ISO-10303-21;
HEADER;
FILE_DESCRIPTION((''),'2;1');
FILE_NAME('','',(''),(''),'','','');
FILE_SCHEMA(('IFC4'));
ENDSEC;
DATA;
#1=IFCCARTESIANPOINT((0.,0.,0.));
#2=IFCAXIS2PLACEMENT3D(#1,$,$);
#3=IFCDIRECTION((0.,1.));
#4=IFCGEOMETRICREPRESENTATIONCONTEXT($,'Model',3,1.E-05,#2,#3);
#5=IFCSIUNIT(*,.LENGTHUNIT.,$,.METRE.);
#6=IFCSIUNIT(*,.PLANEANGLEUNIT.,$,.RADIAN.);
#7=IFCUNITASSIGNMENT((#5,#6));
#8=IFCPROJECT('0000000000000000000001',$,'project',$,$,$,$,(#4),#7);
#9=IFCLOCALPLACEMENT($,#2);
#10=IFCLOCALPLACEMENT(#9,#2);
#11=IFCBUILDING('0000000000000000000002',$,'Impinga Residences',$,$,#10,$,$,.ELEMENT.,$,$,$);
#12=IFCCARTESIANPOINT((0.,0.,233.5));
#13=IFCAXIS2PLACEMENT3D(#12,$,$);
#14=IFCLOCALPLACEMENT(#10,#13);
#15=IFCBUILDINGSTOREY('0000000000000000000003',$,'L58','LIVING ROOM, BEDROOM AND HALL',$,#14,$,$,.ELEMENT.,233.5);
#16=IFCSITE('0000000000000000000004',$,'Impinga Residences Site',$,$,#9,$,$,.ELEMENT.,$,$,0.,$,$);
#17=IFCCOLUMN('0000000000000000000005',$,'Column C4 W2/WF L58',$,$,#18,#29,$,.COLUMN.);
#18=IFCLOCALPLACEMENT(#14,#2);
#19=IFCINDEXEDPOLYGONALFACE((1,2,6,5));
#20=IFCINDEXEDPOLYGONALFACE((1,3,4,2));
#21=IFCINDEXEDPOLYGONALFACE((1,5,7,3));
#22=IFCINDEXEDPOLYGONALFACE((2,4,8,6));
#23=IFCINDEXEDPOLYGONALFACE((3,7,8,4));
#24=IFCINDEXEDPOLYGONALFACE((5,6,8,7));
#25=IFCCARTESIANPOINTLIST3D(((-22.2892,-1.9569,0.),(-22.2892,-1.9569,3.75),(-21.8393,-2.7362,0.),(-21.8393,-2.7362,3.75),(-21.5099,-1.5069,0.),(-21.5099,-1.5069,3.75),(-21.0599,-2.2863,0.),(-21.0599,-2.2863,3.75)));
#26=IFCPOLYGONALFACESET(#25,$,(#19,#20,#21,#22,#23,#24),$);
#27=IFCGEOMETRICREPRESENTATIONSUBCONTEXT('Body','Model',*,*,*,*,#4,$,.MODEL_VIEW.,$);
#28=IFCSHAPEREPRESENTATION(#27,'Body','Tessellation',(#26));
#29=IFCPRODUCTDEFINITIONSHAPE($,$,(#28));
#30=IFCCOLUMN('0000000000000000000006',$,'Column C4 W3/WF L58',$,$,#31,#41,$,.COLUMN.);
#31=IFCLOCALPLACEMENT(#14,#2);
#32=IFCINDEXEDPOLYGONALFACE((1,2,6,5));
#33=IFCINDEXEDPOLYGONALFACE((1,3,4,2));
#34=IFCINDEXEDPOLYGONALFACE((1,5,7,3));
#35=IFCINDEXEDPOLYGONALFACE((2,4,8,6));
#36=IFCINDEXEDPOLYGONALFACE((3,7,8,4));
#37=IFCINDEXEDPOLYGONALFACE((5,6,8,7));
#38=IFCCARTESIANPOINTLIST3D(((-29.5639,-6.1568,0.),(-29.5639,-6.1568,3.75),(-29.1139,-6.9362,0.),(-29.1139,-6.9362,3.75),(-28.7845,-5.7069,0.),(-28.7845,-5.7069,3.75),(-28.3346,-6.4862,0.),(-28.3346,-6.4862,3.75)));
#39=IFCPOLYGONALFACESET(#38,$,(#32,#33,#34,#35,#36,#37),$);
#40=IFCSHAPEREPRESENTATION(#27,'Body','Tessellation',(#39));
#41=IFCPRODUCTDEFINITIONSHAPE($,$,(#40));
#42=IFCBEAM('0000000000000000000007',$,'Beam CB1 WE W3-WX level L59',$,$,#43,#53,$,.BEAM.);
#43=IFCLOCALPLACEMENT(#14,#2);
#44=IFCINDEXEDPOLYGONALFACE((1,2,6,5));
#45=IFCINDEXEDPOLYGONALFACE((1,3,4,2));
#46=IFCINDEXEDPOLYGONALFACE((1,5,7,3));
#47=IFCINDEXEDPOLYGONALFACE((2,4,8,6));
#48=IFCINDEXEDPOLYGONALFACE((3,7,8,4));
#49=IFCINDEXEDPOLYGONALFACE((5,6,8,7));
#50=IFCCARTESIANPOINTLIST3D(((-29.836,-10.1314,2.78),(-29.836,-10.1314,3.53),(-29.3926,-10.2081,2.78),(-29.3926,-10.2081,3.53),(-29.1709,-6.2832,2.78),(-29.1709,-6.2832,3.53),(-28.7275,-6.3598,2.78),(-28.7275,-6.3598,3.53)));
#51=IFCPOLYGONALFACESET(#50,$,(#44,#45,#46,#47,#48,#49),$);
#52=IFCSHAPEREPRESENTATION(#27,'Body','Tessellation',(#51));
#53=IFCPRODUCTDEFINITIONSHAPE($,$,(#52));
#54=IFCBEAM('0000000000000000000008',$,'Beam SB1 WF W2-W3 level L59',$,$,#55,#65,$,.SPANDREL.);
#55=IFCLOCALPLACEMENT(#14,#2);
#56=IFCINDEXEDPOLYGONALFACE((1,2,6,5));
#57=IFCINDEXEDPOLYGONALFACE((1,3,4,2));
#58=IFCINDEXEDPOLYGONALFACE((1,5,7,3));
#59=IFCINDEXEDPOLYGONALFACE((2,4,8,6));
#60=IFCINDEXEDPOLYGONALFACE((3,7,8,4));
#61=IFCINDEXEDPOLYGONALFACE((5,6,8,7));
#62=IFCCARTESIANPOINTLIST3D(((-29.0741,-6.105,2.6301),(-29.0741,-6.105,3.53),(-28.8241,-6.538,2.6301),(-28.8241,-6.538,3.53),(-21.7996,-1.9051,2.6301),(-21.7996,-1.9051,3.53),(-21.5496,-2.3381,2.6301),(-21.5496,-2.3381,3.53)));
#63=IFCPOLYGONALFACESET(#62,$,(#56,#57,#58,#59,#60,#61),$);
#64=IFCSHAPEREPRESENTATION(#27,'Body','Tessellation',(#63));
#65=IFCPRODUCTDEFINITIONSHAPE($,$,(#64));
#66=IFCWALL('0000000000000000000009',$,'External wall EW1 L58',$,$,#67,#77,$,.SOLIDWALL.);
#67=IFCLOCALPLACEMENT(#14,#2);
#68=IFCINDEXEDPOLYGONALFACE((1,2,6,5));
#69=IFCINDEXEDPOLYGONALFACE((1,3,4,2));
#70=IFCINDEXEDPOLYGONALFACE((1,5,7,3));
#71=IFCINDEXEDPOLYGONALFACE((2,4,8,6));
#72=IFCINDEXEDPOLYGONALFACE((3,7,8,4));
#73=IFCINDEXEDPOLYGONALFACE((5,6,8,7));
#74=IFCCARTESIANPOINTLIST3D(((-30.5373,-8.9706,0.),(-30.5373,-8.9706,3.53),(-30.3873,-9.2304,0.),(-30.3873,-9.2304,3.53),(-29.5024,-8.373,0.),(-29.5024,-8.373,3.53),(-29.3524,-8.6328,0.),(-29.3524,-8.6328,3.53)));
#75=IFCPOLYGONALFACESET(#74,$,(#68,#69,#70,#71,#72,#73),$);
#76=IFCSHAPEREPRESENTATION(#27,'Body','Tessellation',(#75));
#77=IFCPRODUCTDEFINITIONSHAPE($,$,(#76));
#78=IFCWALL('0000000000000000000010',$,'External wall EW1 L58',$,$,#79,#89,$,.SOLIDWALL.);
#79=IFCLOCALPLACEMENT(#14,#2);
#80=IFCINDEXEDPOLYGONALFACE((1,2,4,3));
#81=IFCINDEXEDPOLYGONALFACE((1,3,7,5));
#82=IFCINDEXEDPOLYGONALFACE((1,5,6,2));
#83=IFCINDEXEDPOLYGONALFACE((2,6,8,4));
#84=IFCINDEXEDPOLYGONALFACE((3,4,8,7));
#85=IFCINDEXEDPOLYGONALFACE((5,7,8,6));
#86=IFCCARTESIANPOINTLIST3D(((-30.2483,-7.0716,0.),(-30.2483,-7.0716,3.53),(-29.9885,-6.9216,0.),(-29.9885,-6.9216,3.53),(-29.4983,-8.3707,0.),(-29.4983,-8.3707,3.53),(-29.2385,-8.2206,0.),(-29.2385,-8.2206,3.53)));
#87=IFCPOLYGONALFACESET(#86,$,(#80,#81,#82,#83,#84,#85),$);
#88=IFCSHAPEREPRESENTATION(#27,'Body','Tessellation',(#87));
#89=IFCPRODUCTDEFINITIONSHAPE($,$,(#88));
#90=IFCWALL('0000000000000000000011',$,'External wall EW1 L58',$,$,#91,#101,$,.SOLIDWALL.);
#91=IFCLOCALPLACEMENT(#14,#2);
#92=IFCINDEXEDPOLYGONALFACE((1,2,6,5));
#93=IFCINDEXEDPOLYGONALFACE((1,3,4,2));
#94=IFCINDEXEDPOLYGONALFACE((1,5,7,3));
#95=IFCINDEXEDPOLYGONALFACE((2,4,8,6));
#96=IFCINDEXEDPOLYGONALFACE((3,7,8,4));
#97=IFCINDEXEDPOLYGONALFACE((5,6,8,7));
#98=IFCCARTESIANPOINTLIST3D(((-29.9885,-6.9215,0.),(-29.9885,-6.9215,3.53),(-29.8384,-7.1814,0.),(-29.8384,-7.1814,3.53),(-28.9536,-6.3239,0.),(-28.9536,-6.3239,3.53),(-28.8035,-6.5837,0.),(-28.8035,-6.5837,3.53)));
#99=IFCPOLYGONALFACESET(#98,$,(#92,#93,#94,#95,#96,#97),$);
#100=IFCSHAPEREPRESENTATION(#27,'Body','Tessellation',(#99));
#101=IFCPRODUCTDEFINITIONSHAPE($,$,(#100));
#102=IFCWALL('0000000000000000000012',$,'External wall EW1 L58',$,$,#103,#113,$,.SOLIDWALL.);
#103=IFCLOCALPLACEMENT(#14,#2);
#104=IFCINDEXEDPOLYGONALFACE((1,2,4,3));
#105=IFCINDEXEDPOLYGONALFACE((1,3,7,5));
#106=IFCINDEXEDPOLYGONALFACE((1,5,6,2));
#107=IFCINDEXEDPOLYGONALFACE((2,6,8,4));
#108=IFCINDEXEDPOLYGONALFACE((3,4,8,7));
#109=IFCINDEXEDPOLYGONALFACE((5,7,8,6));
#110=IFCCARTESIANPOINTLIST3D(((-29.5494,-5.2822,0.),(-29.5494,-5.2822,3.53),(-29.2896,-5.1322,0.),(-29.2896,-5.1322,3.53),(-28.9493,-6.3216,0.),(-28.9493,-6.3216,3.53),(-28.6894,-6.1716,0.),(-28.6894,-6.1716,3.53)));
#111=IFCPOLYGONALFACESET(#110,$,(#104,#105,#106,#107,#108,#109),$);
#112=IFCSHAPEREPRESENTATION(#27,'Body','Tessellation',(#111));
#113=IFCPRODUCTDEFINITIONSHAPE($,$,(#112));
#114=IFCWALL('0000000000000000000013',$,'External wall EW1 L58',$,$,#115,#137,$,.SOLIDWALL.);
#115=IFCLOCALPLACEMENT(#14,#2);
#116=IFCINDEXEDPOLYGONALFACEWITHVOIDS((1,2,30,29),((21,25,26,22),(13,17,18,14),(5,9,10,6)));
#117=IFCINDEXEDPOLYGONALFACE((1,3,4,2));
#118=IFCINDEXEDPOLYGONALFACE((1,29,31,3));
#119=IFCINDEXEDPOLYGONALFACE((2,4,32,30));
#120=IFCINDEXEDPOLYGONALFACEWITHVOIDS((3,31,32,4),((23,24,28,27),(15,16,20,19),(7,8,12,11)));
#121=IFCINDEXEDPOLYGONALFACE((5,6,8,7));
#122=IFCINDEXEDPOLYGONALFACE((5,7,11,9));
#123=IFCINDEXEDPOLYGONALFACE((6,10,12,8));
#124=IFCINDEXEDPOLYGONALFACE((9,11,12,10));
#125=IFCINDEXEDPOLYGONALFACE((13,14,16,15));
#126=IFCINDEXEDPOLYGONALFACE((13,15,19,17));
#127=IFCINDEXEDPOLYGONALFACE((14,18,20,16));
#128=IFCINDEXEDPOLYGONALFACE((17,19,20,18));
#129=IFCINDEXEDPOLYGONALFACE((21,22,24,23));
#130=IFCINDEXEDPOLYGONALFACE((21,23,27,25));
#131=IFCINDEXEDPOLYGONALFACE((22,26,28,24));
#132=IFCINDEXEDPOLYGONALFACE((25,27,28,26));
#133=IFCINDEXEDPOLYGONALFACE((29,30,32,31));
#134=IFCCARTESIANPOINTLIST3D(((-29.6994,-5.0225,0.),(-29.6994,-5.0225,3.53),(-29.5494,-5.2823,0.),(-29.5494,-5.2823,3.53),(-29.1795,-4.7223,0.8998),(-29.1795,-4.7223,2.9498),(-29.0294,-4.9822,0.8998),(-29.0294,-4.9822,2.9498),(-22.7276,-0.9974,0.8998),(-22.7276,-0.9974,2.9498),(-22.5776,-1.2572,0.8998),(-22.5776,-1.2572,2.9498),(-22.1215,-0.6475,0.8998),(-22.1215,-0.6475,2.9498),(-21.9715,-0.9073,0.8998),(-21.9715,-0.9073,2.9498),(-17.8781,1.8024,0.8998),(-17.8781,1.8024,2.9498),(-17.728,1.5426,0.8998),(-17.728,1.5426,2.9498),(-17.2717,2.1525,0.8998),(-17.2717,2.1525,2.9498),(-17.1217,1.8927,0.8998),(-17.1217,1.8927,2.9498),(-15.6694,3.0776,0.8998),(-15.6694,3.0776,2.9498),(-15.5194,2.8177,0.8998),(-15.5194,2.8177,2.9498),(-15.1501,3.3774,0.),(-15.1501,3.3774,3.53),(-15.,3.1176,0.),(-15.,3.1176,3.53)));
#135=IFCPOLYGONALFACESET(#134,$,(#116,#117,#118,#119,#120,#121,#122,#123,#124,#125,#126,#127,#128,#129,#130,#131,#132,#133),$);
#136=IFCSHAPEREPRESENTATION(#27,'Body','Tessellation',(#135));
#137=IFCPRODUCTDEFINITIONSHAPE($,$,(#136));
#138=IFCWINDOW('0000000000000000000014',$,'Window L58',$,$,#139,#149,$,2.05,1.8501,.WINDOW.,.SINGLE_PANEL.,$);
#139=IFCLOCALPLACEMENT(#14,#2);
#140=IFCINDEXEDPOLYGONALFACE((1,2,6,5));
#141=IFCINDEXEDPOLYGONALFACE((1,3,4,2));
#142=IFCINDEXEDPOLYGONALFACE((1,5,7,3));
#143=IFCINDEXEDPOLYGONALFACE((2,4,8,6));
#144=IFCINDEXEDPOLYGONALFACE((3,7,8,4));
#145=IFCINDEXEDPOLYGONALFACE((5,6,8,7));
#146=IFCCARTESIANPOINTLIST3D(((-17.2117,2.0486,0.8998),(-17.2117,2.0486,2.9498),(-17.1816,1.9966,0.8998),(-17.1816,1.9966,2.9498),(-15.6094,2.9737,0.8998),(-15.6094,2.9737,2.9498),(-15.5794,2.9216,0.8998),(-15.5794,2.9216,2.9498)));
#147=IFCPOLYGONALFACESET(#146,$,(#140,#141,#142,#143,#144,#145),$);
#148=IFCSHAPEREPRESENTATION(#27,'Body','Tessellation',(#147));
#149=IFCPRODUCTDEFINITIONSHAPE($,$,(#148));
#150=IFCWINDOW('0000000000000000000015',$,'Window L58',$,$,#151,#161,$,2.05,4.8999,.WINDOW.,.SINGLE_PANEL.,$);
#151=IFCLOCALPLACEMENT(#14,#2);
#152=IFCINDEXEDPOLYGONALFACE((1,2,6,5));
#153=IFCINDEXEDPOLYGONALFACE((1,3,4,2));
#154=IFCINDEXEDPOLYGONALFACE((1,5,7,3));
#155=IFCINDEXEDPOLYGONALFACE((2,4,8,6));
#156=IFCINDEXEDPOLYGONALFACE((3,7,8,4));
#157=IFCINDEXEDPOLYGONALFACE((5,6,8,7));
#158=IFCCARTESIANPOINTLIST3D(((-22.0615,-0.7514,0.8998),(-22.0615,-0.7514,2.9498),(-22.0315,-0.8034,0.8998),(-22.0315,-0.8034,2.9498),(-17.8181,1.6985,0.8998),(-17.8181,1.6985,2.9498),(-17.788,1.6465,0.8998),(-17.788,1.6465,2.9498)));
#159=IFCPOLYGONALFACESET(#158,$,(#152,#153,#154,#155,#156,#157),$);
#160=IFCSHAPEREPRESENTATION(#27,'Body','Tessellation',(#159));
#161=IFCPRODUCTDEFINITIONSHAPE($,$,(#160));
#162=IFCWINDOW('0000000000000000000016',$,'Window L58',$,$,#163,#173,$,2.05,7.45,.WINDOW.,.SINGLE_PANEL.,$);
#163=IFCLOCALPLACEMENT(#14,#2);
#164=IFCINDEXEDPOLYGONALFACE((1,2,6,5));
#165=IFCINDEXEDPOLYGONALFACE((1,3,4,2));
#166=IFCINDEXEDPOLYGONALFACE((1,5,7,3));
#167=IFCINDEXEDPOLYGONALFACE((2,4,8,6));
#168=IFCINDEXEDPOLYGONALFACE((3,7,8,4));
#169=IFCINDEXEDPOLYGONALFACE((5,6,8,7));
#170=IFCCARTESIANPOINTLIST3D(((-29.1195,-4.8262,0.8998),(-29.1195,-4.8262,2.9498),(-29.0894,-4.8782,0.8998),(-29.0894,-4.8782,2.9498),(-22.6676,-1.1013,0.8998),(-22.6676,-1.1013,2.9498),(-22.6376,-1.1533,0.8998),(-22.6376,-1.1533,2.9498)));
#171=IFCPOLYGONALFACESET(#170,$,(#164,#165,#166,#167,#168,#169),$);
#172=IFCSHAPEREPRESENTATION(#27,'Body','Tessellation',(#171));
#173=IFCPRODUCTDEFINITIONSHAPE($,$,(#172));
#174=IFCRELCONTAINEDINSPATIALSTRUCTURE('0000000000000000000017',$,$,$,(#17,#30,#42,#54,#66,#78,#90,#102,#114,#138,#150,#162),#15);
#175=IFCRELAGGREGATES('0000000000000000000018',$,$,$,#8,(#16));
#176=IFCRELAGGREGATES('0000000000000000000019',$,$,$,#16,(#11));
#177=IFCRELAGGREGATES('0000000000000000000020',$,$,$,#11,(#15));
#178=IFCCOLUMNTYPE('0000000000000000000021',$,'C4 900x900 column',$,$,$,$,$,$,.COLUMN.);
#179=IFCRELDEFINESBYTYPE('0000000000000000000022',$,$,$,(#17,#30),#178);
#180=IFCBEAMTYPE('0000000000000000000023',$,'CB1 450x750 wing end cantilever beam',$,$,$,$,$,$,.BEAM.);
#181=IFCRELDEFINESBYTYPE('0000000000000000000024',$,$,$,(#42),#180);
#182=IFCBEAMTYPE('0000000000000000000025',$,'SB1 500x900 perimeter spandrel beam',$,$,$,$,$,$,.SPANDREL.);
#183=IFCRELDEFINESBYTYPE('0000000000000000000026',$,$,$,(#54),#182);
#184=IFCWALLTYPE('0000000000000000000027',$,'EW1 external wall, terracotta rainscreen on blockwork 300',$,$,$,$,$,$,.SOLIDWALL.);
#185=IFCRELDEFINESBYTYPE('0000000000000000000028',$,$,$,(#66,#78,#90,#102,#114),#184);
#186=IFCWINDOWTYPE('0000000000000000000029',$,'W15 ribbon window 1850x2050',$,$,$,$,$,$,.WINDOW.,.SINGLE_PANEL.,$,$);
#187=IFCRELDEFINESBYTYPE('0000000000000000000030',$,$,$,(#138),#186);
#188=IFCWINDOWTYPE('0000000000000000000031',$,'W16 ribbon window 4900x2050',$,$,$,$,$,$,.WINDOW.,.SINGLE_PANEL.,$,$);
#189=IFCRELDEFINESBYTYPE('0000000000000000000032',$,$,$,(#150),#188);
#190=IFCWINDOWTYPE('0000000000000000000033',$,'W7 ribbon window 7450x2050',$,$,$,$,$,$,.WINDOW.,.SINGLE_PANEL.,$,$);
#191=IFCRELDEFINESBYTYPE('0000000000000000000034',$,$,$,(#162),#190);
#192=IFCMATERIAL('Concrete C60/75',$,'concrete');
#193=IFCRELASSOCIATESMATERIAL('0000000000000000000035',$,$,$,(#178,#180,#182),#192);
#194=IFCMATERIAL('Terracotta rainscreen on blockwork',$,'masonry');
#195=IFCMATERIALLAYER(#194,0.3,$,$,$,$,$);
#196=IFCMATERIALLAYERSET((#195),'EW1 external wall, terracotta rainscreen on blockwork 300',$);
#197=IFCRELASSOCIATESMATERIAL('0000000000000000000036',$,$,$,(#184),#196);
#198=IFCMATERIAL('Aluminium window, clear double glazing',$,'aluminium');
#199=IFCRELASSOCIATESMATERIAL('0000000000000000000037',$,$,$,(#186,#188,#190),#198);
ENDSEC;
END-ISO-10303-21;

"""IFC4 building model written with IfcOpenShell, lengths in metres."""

from ifc_helpers import new_model, si_unit, direction, frame, frame_2d, origin, origin_2d, place, context, subcontext, project, spatial, rectangle, extrude, material, layer, layer_set, material_profile, profile_set, type_object, element, fill, save


model = new_model("IFC4")

# Units and contexts
model_context = context("Model", 3, precision=1e-05, world=origin(), true_north=direction((0.0, 1.0)))
body_context = subcontext(model_context, "Body", "Model", "MODEL_VIEW")
ifc_project = project(units=[si_unit("LENGTHUNIT", "METRE"), si_unit("PLANEANGLEUNIT", "RADIAN")], contexts=[model_context])

# Site, building, storey
site_placement = place(None, origin())
site = spatial("IfcSite", under=ifc_project, at=site_placement, Name="Impinga Residences Site", CompositionType="ELEMENT", RefElevation=0.0)
building_placement = place(site_placement, origin())
building = spatial("IfcBuilding", under=site, at=building_placement, Name="Impinga Residences", CompositionType="ELEMENT")
storey_placement = place(building_placement, frame((0.0, 0.0, 233.5)))
storey = spatial("IfcBuildingStorey", under=building, at=storey_placement, Name="L58", Description="LIVING ROOM, BEDROOM AND HALL", CompositionType="ELEMENT", Elevation=233.5)

# Columns
ifc_material_1 = material(Name="Concrete C60/75", Category="concrete")
ifc_material_profile_1 = material_profile(ifc_material_1, rectangle(XDim=0.8999, YDim=0.8999, at=origin_2d()), Name="RC 900x900")
ifc_profile_set_1 = profile_set([ifc_material_profile_1], Name="Concrete C60/75")
column_type = type_object("IfcColumnType", Name="C4 900x900 column", PredefinedType="COLUMN", material=ifc_profile_set_1)
for number, where, z_axis, x_axis, name in (
    (1, (-21.6746, -2.1216, 0.0), (0.0, 0.0, 1.0), (-0.5, 0.866025, 0.0), "Column C4 W2/WF L58"),
    (2, (-28.9492, -6.3215, 0.0), (0.0, 0.0, 1.0), (-0.5, 0.866025, 0.0), "Column C4 W3/WF L58"),
):
    element("IfcColumn", number, at=place(storey_placement, frame(where, z_axis=z_axis, x_axis=x_axis)), inside=storey, type_object=column_type, Name=name, PredefinedType="COLUMN", context=body_context, shape_type="SweptSolid", body=[
        extrude(rectangle(XDim=0.8999, YDim=0.8999, at=origin_2d()), origin(), (0.0, 0.0, 1.0), 3.75),
    ])

# Beams
ifc_material_profile_2 = material_profile(ifc_material_1, rectangle(XDim=0.45, YDim=0.75, at=origin_2d()), Name="RC 450x750")
ifc_profile_set_2 = profile_set([ifc_material_profile_2], Name="Concrete C60/75")
beam_type_1 = type_object("IfcBeamType", Name="CB1 450x750 wing end cantilever beam", PredefinedType="BEAM", material=ifc_profile_set_2)
beam_1_placement = place(storey_placement, frame((-28.9492, -6.3215, 3.155), z_axis=(-0.170296, -0.985393, 0.0), x_axis=(0.985393, -0.170296, 0.0)))
element("IfcBeam", 3, at=beam_1_placement, inside=storey, type_object=beam_type_1, Name="Beam CB1 WE W3-WX level L59", PredefinedType="BEAM", context=body_context, shape_type="SweptSolid", body=[
    extrude(rectangle(XDim=0.45, YDim=0.75, at=origin_2d()), origin(), (0.0, 0.0, 1.0), 3.9053),
])
ifc_material_profile_3 = material_profile(ifc_material_1, rectangle(XDim=0.5, YDim=0.8999, at=origin_2d()), Name="RC 500x900")
ifc_profile_set_3 = profile_set([ifc_material_profile_3], Name="Concrete C60/75")
beam_type_2 = type_object("IfcBeamType", Name="SB1 500x900 perimeter spandrel beam", PredefinedType="SPANDREL", material=ifc_profile_set_3)
beam_2_placement = place(storey_placement, frame((-21.6746, -2.1216, 3.0801), z_axis=(-0.866029, -0.499993, 0.0), x_axis=(0.499993, -0.866029, 0.0)))
element("IfcBeam", 4, at=beam_2_placement, inside=storey, type_object=beam_type_2, Name="Beam SB1 WF W2-W3 level L59", PredefinedType="SPANDREL", context=body_context, shape_type="SweptSolid", body=[
    extrude(rectangle(XDim=0.5, YDim=0.8999, at=origin_2d()), origin(), (0.0, 0.0, 1.0), 8.3999),
])

# Walls
ifc_material_2 = material(Name="Terracotta rainscreen on blockwork", Category="masonry")
ifc_layer_1 = layer(ifc_material_2, 0.3)
ifc_layer_set_1 = layer_set([ifc_layer_1], Name="EW1 external wall, terracotta rainscreen on blockwork 300")
wall_type_1 = type_object("IfcWallType", Name="EW1 external wall, terracotta rainscreen on blockwork 300", PredefinedType="SOLIDWALL", material=ifc_layer_set_1)
wall_1_placement = place(storey_placement, frame((-30.4624, -9.1006, 0.0), z_axis=(0.0, 0.0, 1.0), x_axis=(0.865971, 0.500094, 0.0)))
element("IfcWall", 5, at=wall_1_placement, inside=storey, type_object=wall_type_1, Name="External wall EW1 L58", PredefinedType="SOLIDWALL", context=body_context, shape_type="SweptSolid", body=[
    extrude(rectangle(XDim=1.1951, YDim=0.3, at=frame_2d((0.5977, 0.0))), origin(), (0.0, 0.0, 1.0), 3.53),
])
wall_2_placement = place(storey_placement, frame((-29.3684, -8.2957, 0.0), z_axis=(0.0, 0.0, 1.0), x_axis=(-0.49999, 0.866031, 0.0)))
element("IfcWall", 6, at=wall_2_placement, inside=storey, type_object=wall_type_1, Name="External wall EW1 L58", PredefinedType="SOLIDWALL", context=body_context, shape_type="SweptSolid", body=[
    extrude(rectangle(XDim=1.5, YDim=0.3, at=frame_2d((0.75, 0.0))), origin(), (0.0, 0.0, 1.0), 3.53),
])
wall_3_placement = place(storey_placement, frame((-29.9136, -7.0515, 0.0), z_axis=(0.0, 0.0, 1.0), x_axis=(0.865971, 0.500094, 0.0)))
element("IfcWall", 7, at=wall_3_placement, inside=storey, type_object=wall_type_1, Name="External wall EW1 L58", PredefinedType="SOLIDWALL", context=body_context, shape_type="SweptSolid", body=[
    extrude(rectangle(XDim=1.1951, YDim=0.3, at=frame_2d((0.5977, 0.0))), origin(), (0.0, 0.0, 1.0), 3.53),
])
wall_4_placement = place(storey_placement, frame((-28.8193, -6.2466, 0.0), z_axis=(0.0, 0.0, 1.0), x_axis=(-0.500034, 0.866006, 0.0)))
element("IfcWall", 8, at=wall_4_placement, inside=storey, type_object=wall_type_1, Name="External wall EW1 L58", PredefinedType="SOLIDWALL", context=body_context, shape_type="SweptSolid", body=[
    extrude(rectangle(XDim=1.2002, YDim=0.3, at=frame_2d((0.6001, 0.0))), origin(), (0.0, 0.0, 1.0), 3.53),
])

# Wall, openings, windows
wall_5_placement = place(storey_placement, frame((-29.6243, -5.1523, 0.0), z_axis=(0.0, 0.0, 1.0), x_axis=(0.866029, 0.499993, 0.0)))
wall_5 = element("IfcWall", 9, at=wall_5_placement, inside=storey, type_object=wall_type_1, Name="External wall EW1 L58", PredefinedType="SOLIDWALL", context=body_context, shape_type="SweptSolid", body=[
    extrude(rectangle(XDim=16.8, YDim=0.3, at=frame_2d((8.3999, 0.0))), origin(), (0.0, 0.0, 1.0), 3.53),
])
opening_1_placement = place(wall_5_placement, frame((0.6001, 0.0, 0.8999)))
opening_1 = element("IfcOpeningElement", 10, at=opening_1_placement, cuts=wall_5, PredefinedType="OPENING", context=body_context, shape_type="SweptSolid", body=[
    extrude(rectangle(XDim=7.45, YDim=2.05, at=frame_2d((3.7251, 1.0249))), frame((0.0, 0.1599, 0.0), z_axis=(0.0, -1.0, 0.0), x_axis=(1.0, 0.0, 0.0)), (0.0, 0.0, 1.0), 0.3201),
])
opening_2_placement = place(wall_5_placement, frame((8.75, 0.0, 0.8999)))
opening_2 = element("IfcOpeningElement", 11, at=opening_2_placement, cuts=wall_5, PredefinedType="OPENING", context=body_context, shape_type="SweptSolid", body=[
    extrude(rectangle(XDim=4.8999, YDim=2.05, at=frame_2d((2.45, 1.0249))), frame((0.0, 0.1599, 0.0), z_axis=(0.0, -1.0, 0.0), x_axis=(1.0, 0.0, 0.0)), (0.0, 0.0, 1.0), 0.3201),
])
opening_3_placement = place(wall_5_placement, frame((14.3501, 0.0, 0.8999)))
opening_3 = element("IfcOpeningElement", 12, at=opening_3_placement, cuts=wall_5, PredefinedType="OPENING", context=body_context, shape_type="SweptSolid", body=[
    extrude(rectangle(XDim=1.8501, YDim=2.05, at=frame_2d((0.925, 1.0249))), frame((0.0, 0.1599, 0.0), z_axis=(0.0, -1.0, 0.0), x_axis=(1.0, 0.0, 0.0)), (0.0, 0.0, 1.0), 0.3201),
])
ifc_material_3 = material(Name="Aluminium window, clear double glazing", Category="aluminium")
window_type_1 = type_object("IfcWindowType", Name="W15 ribbon window 1850x2050", PartitioningType="SINGLE_PANEL", PredefinedType="WINDOW", material=ifc_material_3)
window_1_placement = place(opening_3_placement, origin())
window_1 = element("IfcWindow", 13, at=window_1_placement, inside=storey, type_object=window_type_1, Name="Window L58", OverallHeight=2.05, OverallWidth=1.8501, PartitioningType="SINGLE_PANEL", PredefinedType="WINDOW", context=body_context, shape_type="SweptSolid", body=[
    extrude(rectangle(XDim=1.8501, YDim=2.05, at=frame_2d((0.925, 1.0249))), frame((0.0, 0.03, 0.0), z_axis=(0.0, -1.0, 0.0), x_axis=(1.0, 0.0, 0.0)), (0.0, 0.0, 1.0), 0.0601),
])
fill(opening_3, window_1)
window_type_2 = type_object("IfcWindowType", Name="W16 ribbon window 4900x2050", PartitioningType="SINGLE_PANEL", PredefinedType="WINDOW", material=ifc_material_3)
window_2_placement = place(opening_2_placement, origin())
window_2 = element("IfcWindow", 14, at=window_2_placement, inside=storey, type_object=window_type_2, Name="Window L58", OverallHeight=2.05, OverallWidth=4.8999, PartitioningType="SINGLE_PANEL", PredefinedType="WINDOW", context=body_context, shape_type="SweptSolid", body=[
    extrude(rectangle(XDim=4.8999, YDim=2.05, at=frame_2d((2.45, 1.0249))), frame((0.0, 0.03, 0.0), z_axis=(0.0, -1.0, 0.0), x_axis=(1.0, 0.0, 0.0)), (0.0, 0.0, 1.0), 0.0601),
])
fill(opening_2, window_2)
window_type_3 = type_object("IfcWindowType", Name="W7 ribbon window 7450x2050", PartitioningType="SINGLE_PANEL", PredefinedType="WINDOW", material=ifc_material_3)
window_3_placement = place(opening_1_placement, origin())
window_3 = element("IfcWindow", 15, at=window_3_placement, inside=storey, type_object=window_type_3, Name="Window L58", OverallHeight=2.05, OverallWidth=7.45, PartitioningType="SINGLE_PANEL", PredefinedType="WINDOW", context=body_context, shape_type="SweptSolid", body=[
    extrude(rectangle(XDim=7.45, YDim=2.05, at=frame_2d((3.7251, 1.0249))), frame((0.0, 0.03, 0.0), z_axis=(0.0, -1.0, 0.0), x_axis=(1.0, 0.0, 0.0)), (0.0, 0.0, 1.0), 0.0601),
])
fill(opening_1, window_3)

save(model, "model.ifc")
